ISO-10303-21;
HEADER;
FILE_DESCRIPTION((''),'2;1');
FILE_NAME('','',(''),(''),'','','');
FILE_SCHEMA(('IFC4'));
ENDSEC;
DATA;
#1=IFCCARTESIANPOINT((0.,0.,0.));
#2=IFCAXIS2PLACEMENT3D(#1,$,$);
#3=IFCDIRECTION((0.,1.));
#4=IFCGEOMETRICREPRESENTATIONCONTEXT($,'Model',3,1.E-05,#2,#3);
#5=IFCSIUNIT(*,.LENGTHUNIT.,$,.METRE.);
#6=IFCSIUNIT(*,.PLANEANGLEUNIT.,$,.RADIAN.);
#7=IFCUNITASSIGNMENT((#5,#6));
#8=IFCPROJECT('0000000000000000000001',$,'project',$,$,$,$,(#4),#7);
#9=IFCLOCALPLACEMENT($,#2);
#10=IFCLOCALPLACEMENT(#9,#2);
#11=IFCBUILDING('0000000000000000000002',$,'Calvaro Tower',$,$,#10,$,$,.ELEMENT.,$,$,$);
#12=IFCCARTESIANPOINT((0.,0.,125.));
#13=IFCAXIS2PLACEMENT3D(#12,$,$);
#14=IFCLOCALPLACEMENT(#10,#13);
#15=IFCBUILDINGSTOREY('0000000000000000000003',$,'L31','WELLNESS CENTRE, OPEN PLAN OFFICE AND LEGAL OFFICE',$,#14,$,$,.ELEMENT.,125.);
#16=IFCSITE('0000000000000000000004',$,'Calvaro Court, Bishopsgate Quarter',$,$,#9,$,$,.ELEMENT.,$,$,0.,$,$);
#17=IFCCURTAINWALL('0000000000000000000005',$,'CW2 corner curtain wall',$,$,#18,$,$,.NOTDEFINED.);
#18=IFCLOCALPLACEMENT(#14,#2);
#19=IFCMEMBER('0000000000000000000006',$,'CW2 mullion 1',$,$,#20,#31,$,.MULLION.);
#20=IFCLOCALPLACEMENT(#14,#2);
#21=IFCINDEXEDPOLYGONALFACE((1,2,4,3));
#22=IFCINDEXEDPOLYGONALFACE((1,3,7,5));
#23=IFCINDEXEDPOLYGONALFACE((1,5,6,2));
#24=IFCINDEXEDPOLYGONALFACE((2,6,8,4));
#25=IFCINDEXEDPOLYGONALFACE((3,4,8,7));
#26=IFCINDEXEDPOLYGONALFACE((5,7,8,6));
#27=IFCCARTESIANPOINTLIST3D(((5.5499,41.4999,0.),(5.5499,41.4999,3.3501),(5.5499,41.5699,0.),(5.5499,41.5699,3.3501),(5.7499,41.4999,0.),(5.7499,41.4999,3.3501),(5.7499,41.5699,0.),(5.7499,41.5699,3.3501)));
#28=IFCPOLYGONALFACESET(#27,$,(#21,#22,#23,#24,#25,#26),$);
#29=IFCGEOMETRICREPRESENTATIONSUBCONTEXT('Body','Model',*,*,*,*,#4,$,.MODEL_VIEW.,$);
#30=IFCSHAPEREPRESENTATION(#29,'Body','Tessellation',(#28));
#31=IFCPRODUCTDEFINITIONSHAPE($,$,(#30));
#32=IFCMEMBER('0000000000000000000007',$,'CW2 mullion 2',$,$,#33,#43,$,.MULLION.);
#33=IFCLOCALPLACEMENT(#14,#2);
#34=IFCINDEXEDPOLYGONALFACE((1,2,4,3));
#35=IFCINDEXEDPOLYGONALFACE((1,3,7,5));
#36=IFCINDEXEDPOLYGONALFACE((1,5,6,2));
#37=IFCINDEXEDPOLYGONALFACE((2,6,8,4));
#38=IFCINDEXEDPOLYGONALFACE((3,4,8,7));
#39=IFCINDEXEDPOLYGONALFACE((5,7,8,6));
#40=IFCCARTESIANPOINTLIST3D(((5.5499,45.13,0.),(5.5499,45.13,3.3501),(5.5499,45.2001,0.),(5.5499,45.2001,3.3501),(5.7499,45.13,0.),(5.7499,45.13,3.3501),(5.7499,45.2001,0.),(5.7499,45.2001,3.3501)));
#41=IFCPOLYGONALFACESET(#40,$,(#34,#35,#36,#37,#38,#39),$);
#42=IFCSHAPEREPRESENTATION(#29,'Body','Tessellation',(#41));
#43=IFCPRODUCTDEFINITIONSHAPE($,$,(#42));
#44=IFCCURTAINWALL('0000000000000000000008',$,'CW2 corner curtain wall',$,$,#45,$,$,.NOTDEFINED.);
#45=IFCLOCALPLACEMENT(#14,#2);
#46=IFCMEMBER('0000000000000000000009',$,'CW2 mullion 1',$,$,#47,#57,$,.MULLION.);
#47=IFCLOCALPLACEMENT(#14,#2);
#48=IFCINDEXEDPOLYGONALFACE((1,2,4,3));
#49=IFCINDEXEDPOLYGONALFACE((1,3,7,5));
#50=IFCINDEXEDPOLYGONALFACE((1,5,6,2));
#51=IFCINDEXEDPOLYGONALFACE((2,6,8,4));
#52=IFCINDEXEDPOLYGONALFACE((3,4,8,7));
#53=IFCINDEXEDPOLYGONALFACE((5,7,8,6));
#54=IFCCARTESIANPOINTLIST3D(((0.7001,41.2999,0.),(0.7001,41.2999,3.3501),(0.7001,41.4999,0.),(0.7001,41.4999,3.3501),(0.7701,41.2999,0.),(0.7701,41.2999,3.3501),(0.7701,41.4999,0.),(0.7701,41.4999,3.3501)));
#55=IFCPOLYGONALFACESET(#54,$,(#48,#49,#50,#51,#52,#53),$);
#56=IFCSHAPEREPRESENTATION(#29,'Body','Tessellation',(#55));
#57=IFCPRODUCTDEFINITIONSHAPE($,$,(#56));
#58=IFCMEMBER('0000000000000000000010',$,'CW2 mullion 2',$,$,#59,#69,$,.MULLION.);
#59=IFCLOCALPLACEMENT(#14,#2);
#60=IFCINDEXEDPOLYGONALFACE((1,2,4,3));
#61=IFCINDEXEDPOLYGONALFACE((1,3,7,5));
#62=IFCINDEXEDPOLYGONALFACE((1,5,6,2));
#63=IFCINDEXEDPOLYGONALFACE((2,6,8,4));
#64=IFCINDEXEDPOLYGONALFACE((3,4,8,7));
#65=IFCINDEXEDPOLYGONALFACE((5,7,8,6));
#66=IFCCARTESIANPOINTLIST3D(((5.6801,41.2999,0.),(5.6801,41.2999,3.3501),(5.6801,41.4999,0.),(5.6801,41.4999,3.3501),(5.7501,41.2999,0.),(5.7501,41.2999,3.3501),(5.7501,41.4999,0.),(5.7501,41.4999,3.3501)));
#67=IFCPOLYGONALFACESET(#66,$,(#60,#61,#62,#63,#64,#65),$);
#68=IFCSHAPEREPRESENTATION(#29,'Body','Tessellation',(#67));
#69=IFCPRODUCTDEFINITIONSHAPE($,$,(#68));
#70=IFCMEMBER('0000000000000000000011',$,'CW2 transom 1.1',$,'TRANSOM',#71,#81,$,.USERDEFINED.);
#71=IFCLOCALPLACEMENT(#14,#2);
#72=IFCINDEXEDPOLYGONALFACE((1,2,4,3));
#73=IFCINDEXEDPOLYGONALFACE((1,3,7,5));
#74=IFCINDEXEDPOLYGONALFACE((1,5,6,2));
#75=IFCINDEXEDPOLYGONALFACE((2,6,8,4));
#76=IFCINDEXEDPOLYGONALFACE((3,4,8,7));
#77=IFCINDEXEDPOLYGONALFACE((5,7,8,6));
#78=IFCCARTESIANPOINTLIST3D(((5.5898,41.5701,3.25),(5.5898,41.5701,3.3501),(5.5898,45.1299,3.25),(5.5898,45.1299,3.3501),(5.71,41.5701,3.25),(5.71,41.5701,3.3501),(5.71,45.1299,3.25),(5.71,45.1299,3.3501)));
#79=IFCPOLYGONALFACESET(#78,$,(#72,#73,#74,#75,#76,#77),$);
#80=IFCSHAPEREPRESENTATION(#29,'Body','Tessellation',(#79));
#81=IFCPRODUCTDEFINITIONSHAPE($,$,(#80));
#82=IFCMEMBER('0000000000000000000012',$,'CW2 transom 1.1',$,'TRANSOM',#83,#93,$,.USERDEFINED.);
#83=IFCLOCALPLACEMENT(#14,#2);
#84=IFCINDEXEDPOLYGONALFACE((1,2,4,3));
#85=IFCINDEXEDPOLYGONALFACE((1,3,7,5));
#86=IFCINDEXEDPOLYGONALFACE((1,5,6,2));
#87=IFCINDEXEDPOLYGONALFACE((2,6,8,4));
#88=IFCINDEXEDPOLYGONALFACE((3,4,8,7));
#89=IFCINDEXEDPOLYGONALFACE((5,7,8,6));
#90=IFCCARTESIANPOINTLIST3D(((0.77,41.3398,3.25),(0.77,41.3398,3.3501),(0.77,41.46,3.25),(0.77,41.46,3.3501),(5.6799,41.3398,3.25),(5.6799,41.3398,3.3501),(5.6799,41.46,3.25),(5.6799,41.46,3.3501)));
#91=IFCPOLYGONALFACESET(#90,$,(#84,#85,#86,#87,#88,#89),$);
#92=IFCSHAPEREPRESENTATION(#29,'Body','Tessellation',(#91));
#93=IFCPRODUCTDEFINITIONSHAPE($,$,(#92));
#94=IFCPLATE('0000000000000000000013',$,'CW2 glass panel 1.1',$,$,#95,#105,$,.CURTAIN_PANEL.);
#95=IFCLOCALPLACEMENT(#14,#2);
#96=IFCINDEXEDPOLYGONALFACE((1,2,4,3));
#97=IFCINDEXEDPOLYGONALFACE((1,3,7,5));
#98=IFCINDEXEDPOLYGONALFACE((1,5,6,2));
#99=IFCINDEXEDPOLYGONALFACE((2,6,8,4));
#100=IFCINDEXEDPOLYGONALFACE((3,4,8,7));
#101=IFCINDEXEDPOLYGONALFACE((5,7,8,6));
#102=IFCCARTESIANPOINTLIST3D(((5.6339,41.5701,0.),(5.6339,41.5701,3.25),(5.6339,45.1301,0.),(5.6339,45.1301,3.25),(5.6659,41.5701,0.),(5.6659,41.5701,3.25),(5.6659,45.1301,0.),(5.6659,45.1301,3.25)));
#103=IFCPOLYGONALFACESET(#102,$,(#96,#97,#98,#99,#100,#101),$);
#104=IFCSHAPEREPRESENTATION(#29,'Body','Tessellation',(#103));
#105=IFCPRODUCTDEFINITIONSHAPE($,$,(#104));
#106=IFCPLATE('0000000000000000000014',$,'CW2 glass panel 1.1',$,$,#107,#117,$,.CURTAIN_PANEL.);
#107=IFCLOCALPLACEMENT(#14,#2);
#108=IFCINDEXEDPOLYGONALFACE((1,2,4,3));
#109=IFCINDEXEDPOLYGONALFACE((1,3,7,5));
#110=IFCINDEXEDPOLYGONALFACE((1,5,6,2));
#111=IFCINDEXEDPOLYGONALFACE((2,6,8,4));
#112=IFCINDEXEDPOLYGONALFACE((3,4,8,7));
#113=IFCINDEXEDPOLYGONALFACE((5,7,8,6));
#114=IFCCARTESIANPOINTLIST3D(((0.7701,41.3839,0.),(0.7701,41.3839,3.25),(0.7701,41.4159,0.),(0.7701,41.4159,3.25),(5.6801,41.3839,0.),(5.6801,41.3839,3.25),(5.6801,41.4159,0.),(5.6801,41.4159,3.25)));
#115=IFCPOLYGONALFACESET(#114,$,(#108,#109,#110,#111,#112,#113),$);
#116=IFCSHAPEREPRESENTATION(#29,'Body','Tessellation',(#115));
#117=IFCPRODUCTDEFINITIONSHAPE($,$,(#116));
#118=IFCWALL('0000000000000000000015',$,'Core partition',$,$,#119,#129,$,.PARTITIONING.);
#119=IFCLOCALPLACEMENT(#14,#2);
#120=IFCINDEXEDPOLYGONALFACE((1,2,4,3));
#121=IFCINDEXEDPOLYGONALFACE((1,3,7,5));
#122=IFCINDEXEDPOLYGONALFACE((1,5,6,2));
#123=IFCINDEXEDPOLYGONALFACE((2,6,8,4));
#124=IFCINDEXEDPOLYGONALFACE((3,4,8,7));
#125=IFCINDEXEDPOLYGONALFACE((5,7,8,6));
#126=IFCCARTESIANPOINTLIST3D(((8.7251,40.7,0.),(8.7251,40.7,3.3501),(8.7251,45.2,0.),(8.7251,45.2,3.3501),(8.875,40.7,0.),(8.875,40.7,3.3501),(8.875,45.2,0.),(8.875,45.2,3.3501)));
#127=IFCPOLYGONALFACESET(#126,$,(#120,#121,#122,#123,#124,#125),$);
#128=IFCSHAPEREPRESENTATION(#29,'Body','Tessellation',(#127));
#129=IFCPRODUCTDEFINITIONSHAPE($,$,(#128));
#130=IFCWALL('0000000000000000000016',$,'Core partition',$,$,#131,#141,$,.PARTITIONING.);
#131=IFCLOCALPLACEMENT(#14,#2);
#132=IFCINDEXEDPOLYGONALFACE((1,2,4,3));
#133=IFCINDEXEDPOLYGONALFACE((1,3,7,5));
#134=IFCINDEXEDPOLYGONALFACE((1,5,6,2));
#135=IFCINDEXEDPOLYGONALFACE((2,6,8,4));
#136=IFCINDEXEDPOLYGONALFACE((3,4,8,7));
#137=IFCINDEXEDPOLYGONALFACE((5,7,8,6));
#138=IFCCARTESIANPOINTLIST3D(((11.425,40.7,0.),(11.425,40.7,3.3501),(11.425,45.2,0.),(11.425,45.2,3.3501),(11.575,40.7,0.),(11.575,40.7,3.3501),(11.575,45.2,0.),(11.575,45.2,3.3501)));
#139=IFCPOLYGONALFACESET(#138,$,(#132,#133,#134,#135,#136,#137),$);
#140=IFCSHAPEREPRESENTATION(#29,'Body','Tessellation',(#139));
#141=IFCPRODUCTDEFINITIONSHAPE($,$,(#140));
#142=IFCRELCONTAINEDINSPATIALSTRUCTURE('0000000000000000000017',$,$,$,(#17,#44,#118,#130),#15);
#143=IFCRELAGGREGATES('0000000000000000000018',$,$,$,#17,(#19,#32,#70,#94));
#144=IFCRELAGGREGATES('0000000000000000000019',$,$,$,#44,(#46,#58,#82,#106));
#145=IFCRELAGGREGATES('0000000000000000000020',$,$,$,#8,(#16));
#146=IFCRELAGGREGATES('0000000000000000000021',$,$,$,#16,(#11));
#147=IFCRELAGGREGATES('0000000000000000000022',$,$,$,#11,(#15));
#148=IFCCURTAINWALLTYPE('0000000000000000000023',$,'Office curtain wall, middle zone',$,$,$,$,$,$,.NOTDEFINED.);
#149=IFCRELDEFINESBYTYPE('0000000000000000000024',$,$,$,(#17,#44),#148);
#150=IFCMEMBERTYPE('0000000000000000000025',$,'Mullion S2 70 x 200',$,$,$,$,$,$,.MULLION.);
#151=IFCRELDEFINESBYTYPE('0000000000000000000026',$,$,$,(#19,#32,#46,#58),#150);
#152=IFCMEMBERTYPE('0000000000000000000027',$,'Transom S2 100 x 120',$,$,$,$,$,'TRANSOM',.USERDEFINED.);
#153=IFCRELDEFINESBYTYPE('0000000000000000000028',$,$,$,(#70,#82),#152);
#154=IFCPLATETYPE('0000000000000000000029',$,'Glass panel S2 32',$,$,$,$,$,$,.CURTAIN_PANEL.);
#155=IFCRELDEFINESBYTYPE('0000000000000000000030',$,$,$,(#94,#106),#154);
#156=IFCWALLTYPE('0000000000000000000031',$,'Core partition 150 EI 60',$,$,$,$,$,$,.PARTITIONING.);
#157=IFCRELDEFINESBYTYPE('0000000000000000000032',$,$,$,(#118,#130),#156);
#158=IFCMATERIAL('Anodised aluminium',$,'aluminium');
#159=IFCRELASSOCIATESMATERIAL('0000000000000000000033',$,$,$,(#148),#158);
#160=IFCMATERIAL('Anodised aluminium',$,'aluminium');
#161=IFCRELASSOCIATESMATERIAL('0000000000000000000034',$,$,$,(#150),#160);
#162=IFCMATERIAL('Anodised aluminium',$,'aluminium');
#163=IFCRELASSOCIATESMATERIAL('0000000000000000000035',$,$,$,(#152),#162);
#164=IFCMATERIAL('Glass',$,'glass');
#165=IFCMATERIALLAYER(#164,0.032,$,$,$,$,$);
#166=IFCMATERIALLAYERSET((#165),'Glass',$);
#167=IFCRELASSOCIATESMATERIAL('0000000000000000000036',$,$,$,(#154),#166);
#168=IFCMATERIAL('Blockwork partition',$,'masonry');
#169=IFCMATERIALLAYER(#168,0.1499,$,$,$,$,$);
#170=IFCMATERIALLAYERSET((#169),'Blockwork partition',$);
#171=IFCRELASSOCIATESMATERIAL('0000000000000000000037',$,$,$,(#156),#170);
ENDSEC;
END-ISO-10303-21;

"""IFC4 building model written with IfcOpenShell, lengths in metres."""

from ifc_helpers import new_model, si_unit, direction, frame, frame_2d, origin, origin_2d, place, context, subcontext, project, spatial, rectangle, extrude, material, layer, layer_set, material_profile, profile_set, type_object, element, aggregate, save


model = new_model("IFC4")

# Units and contexts
model_context = context("Model", 3, precision=1e-05, world=origin(), true_north=direction((0.0, 1.0)))
body_context = subcontext(model_context, "Body", "Model", "MODEL_VIEW")
ifc_project = project(units=[si_unit("LENGTHUNIT", "METRE"), si_unit("PLANEANGLEUNIT", "RADIAN")], contexts=[model_context])

# Site, building, storey
site_placement = place(None, origin())
site = spatial("IfcSite", under=ifc_project, at=site_placement, Name="Calvaro Court, Bishopsgate Quarter", CompositionType="ELEMENT", RefElevation=0.0)
building_placement = place(site_placement, origin())
building = spatial("IfcBuilding", under=site, at=building_placement, Name="Calvaro Tower", CompositionType="ELEMENT")
storey_placement = place(building_placement, frame((0.0, 0.0, 125.0)))
storey = spatial("IfcBuildingStorey", under=building, at=storey_placement, Name="L31", Description="WELLNESS CENTRE, OPEN PLAN OFFICE AND LEGAL OFFICE", CompositionType="ELEMENT", Elevation=125.0)

# Curtain walls, members
ifc_material_1 = material(Name="Anodised aluminium", Category="aluminium")
curtain_wall_type = type_object("IfcCurtainWallType", Name="Office curtain wall, middle zone", PredefinedType="NOTDEFINED", material=ifc_material_1)
curtain_wall_1_placement = place(storey_placement, origin())
curtain_wall_1 = element("IfcCurtainWall", 1, at=curtain_wall_1_placement, inside=storey, type_object=curtain_wall_type, Name="CW2 corner curtain wall", PredefinedType="NOTDEFINED")
ifc_material_2 = material(Name="Anodised aluminium", Category="aluminium")
ifc_material_profile_1 = material_profile(ifc_material_2, rectangle(XDim=0.2, YDim=0.0701, at=origin_2d()), Name="Mullion S2 70 x 200")
ifc_profile_set_1 = profile_set([ifc_material_profile_1], Name="Anodised aluminium")
member_type_1 = type_object("IfcMemberType", Name="Mullion S2 70 x 200", PredefinedType="MULLION", material=ifc_profile_set_1)
member_1_placement = place(storey_placement, frame((5.6499, 41.5349, 0.0), z_axis=(0.0, 0.0, 1.0), x_axis=(-1.0, 0.0, 0.0)))
member_1 = element("IfcMember", 2, at=member_1_placement, type_object=member_type_1, Name="CW2 mullion 1", PredefinedType="MULLION", context=body_context, shape_type="SweptSolid", body=[
    extrude(rectangle(XDim=0.2, YDim=0.0701, at=origin_2d()), origin(), (0.0, 0.0, 1.0), 3.3501),
])
member_2_placement = place(storey_placement, frame((5.6499, 45.165, 0.0), z_axis=(0.0, 0.0, 1.0), x_axis=(-1.0, 0.0, 0.0)))
member_2 = element("IfcMember", 3, at=member_2_placement, type_object=member_type_1, Name="CW2 mullion 2", PredefinedType="MULLION", context=body_context, shape_type="SweptSolid", body=[
    extrude(rectangle(XDim=0.2, YDim=0.0701, at=origin_2d()), origin(), (0.0, 0.0, 1.0), 3.3501),
])
curtain_wall_2_placement = place(storey_placement, origin())
curtain_wall_2 = element("IfcCurtainWall", 4, at=curtain_wall_2_placement, inside=storey, type_object=curtain_wall_type, Name="CW2 corner curtain wall", PredefinedType="NOTDEFINED")
member_3_placement = place(storey_placement, frame((0.7351, 41.3999, 0.0), z_axis=(0.0, 0.0, 1.0), x_axis=(0.0, 1.0, 0.0)))
member_3 = element("IfcMember", 5, at=member_3_placement, type_object=member_type_1, Name="CW2 mullion 1", PredefinedType="MULLION", context=body_context, shape_type="SweptSolid", body=[
    extrude(rectangle(XDim=0.2, YDim=0.0701, at=origin_2d()), origin(), (0.0, 0.0, 1.0), 3.3501),
])
member_4_placement = place(storey_placement, frame((5.7151, 41.3999, 0.0), z_axis=(0.0, 0.0, 1.0), x_axis=(0.0, 1.0, 0.0)))
member_4 = element("IfcMember", 6, at=member_4_placement, type_object=member_type_1, Name="CW2 mullion 2", PredefinedType="MULLION", context=body_context, shape_type="SweptSolid", body=[
    extrude(rectangle(XDim=0.2, YDim=0.0701, at=origin_2d()), origin(), (0.0, 0.0, 1.0), 3.3501),
])

# Members
ifc_material_3 = material(Name="Anodised aluminium", Category="aluminium")
ifc_material_profile_2 = material_profile(ifc_material_3, rectangle(XDim=0.1201, YDim=0.1001, at=origin_2d()), Name="Transom S2 100 x 120")
ifc_profile_set_2 = profile_set([ifc_material_profile_2], Name="Anodised aluminium")
member_type_2 = type_object("IfcMemberType", Name="Transom S2 100 x 120", ElementType="TRANSOM", PredefinedType="USERDEFINED", material=ifc_profile_set_2)
member_5_placement = place(storey_placement, frame((5.6499, 41.5701, 3.3), z_axis=(0.0, 1.0, 0.0), x_axis=(-1.0, 0.0, 0.0)))
member_5 = element("IfcMember", 7, at=member_5_placement, type_object=member_type_2, Name="CW2 transom 1.1", ObjectType="TRANSOM", PredefinedType="USERDEFINED", context=body_context, shape_type="SweptSolid", body=[
    extrude(rectangle(XDim=0.1201, YDim=0.1001, at=origin_2d()), origin(), (0.0, 0.0, 1.0), 3.5598),
])
member_6_placement = place(storey_placement, frame((0.77, 41.3999, 3.3), z_axis=(1.0, 0.0, 0.0), x_axis=(0.0, 1.0, 0.0)))
member_6 = element("IfcMember", 8, at=member_6_placement, type_object=member_type_2, Name="CW2 transom 1.1", ObjectType="TRANSOM", PredefinedType="USERDEFINED", context=body_context, shape_type="SweptSolid", body=[
    extrude(rectangle(XDim=0.1201, YDim=0.1001, at=origin_2d()), origin(), (0.0, 0.0, 1.0), 4.9099),
])

# Plates
ifc_material_4 = material(Name="Glass", Category="glass")
ifc_layer_1 = layer(ifc_material_4, 0.032)
ifc_layer_set_1 = layer_set([ifc_layer_1], Name="Glass")
plate_type = type_object("IfcPlateType", Name="Glass panel S2 32", PredefinedType="CURTAIN_PANEL", material=ifc_layer_set_1)
plate_1_placement = place(storey_placement, frame((5.6499, 43.3501, 0.0), z_axis=(0.0, 0.0, 1.0), x_axis=(0.0, 1.0, 0.0)))
plate_1 = element("IfcPlate", 9, at=plate_1_placement, type_object=plate_type, Name="CW2 glass panel 1.1", PredefinedType="CURTAIN_PANEL", context=body_context, shape_type="SweptSolid", body=[
    extrude(rectangle(XDim=3.5601, YDim=0.032, at=origin_2d()), origin(), (0.0, 0.0, 1.0), 3.25),
])
aggregate(curtain_wall_1, [member_1, member_2, member_5, plate_1])
plate_2_placement = place(storey_placement, frame((3.2251, 41.3999, 0.0), z_axis=(0.0, 0.0, 1.0), x_axis=(1.0, 0.0, 0.0)))
plate_2 = element("IfcPlate", 10, at=plate_2_placement, type_object=plate_type, Name="CW2 glass panel 1.1", PredefinedType="CURTAIN_PANEL", context=body_context, shape_type="SweptSolid", body=[
    extrude(rectangle(XDim=4.9099, YDim=0.032, at=origin_2d()), origin(), (0.0, 0.0, 1.0), 3.25),
])
aggregate(curtain_wall_2, [member_3, member_4, member_6, plate_2])

# Walls
ifc_material_5 = material(Name="Blockwork partition", Category="masonry")
ifc_layer_2 = layer(ifc_material_5, 0.1499)
ifc_layer_set_2 = layer_set([ifc_layer_2], Name="Blockwork partition")
wall_type_1 = type_object("IfcWallType", Name="Core partition 150 EI 60", PredefinedType="PARTITIONING", material=ifc_layer_set_2)
for number, where, z_axis, x_axis, name in (
    (11, (8.8, 40.7, 0.0), (0.0, 0.0, 1.0), (0.0, 1.0, 0.0), "Core partition"),
    (12, (11.5, 40.7, 0.0), (0.0, 0.0, 1.0), (0.0, 1.0, 0.0), "Core partition"),
):
    element("IfcWall", number, at=place(storey_placement, frame(where, z_axis=z_axis, x_axis=x_axis)), inside=storey, type_object=wall_type_1, Name=name, PredefinedType="PARTITIONING", context=body_context, shape_type="SweptSolid", body=[
        extrude(rectangle(XDim=4.5, YDim=0.1499, at=frame_2d((2.25, 0.0))), origin(), (0.0, 0.0, 1.0), 3.3501),
    ])

save(model, "model.ifc")
